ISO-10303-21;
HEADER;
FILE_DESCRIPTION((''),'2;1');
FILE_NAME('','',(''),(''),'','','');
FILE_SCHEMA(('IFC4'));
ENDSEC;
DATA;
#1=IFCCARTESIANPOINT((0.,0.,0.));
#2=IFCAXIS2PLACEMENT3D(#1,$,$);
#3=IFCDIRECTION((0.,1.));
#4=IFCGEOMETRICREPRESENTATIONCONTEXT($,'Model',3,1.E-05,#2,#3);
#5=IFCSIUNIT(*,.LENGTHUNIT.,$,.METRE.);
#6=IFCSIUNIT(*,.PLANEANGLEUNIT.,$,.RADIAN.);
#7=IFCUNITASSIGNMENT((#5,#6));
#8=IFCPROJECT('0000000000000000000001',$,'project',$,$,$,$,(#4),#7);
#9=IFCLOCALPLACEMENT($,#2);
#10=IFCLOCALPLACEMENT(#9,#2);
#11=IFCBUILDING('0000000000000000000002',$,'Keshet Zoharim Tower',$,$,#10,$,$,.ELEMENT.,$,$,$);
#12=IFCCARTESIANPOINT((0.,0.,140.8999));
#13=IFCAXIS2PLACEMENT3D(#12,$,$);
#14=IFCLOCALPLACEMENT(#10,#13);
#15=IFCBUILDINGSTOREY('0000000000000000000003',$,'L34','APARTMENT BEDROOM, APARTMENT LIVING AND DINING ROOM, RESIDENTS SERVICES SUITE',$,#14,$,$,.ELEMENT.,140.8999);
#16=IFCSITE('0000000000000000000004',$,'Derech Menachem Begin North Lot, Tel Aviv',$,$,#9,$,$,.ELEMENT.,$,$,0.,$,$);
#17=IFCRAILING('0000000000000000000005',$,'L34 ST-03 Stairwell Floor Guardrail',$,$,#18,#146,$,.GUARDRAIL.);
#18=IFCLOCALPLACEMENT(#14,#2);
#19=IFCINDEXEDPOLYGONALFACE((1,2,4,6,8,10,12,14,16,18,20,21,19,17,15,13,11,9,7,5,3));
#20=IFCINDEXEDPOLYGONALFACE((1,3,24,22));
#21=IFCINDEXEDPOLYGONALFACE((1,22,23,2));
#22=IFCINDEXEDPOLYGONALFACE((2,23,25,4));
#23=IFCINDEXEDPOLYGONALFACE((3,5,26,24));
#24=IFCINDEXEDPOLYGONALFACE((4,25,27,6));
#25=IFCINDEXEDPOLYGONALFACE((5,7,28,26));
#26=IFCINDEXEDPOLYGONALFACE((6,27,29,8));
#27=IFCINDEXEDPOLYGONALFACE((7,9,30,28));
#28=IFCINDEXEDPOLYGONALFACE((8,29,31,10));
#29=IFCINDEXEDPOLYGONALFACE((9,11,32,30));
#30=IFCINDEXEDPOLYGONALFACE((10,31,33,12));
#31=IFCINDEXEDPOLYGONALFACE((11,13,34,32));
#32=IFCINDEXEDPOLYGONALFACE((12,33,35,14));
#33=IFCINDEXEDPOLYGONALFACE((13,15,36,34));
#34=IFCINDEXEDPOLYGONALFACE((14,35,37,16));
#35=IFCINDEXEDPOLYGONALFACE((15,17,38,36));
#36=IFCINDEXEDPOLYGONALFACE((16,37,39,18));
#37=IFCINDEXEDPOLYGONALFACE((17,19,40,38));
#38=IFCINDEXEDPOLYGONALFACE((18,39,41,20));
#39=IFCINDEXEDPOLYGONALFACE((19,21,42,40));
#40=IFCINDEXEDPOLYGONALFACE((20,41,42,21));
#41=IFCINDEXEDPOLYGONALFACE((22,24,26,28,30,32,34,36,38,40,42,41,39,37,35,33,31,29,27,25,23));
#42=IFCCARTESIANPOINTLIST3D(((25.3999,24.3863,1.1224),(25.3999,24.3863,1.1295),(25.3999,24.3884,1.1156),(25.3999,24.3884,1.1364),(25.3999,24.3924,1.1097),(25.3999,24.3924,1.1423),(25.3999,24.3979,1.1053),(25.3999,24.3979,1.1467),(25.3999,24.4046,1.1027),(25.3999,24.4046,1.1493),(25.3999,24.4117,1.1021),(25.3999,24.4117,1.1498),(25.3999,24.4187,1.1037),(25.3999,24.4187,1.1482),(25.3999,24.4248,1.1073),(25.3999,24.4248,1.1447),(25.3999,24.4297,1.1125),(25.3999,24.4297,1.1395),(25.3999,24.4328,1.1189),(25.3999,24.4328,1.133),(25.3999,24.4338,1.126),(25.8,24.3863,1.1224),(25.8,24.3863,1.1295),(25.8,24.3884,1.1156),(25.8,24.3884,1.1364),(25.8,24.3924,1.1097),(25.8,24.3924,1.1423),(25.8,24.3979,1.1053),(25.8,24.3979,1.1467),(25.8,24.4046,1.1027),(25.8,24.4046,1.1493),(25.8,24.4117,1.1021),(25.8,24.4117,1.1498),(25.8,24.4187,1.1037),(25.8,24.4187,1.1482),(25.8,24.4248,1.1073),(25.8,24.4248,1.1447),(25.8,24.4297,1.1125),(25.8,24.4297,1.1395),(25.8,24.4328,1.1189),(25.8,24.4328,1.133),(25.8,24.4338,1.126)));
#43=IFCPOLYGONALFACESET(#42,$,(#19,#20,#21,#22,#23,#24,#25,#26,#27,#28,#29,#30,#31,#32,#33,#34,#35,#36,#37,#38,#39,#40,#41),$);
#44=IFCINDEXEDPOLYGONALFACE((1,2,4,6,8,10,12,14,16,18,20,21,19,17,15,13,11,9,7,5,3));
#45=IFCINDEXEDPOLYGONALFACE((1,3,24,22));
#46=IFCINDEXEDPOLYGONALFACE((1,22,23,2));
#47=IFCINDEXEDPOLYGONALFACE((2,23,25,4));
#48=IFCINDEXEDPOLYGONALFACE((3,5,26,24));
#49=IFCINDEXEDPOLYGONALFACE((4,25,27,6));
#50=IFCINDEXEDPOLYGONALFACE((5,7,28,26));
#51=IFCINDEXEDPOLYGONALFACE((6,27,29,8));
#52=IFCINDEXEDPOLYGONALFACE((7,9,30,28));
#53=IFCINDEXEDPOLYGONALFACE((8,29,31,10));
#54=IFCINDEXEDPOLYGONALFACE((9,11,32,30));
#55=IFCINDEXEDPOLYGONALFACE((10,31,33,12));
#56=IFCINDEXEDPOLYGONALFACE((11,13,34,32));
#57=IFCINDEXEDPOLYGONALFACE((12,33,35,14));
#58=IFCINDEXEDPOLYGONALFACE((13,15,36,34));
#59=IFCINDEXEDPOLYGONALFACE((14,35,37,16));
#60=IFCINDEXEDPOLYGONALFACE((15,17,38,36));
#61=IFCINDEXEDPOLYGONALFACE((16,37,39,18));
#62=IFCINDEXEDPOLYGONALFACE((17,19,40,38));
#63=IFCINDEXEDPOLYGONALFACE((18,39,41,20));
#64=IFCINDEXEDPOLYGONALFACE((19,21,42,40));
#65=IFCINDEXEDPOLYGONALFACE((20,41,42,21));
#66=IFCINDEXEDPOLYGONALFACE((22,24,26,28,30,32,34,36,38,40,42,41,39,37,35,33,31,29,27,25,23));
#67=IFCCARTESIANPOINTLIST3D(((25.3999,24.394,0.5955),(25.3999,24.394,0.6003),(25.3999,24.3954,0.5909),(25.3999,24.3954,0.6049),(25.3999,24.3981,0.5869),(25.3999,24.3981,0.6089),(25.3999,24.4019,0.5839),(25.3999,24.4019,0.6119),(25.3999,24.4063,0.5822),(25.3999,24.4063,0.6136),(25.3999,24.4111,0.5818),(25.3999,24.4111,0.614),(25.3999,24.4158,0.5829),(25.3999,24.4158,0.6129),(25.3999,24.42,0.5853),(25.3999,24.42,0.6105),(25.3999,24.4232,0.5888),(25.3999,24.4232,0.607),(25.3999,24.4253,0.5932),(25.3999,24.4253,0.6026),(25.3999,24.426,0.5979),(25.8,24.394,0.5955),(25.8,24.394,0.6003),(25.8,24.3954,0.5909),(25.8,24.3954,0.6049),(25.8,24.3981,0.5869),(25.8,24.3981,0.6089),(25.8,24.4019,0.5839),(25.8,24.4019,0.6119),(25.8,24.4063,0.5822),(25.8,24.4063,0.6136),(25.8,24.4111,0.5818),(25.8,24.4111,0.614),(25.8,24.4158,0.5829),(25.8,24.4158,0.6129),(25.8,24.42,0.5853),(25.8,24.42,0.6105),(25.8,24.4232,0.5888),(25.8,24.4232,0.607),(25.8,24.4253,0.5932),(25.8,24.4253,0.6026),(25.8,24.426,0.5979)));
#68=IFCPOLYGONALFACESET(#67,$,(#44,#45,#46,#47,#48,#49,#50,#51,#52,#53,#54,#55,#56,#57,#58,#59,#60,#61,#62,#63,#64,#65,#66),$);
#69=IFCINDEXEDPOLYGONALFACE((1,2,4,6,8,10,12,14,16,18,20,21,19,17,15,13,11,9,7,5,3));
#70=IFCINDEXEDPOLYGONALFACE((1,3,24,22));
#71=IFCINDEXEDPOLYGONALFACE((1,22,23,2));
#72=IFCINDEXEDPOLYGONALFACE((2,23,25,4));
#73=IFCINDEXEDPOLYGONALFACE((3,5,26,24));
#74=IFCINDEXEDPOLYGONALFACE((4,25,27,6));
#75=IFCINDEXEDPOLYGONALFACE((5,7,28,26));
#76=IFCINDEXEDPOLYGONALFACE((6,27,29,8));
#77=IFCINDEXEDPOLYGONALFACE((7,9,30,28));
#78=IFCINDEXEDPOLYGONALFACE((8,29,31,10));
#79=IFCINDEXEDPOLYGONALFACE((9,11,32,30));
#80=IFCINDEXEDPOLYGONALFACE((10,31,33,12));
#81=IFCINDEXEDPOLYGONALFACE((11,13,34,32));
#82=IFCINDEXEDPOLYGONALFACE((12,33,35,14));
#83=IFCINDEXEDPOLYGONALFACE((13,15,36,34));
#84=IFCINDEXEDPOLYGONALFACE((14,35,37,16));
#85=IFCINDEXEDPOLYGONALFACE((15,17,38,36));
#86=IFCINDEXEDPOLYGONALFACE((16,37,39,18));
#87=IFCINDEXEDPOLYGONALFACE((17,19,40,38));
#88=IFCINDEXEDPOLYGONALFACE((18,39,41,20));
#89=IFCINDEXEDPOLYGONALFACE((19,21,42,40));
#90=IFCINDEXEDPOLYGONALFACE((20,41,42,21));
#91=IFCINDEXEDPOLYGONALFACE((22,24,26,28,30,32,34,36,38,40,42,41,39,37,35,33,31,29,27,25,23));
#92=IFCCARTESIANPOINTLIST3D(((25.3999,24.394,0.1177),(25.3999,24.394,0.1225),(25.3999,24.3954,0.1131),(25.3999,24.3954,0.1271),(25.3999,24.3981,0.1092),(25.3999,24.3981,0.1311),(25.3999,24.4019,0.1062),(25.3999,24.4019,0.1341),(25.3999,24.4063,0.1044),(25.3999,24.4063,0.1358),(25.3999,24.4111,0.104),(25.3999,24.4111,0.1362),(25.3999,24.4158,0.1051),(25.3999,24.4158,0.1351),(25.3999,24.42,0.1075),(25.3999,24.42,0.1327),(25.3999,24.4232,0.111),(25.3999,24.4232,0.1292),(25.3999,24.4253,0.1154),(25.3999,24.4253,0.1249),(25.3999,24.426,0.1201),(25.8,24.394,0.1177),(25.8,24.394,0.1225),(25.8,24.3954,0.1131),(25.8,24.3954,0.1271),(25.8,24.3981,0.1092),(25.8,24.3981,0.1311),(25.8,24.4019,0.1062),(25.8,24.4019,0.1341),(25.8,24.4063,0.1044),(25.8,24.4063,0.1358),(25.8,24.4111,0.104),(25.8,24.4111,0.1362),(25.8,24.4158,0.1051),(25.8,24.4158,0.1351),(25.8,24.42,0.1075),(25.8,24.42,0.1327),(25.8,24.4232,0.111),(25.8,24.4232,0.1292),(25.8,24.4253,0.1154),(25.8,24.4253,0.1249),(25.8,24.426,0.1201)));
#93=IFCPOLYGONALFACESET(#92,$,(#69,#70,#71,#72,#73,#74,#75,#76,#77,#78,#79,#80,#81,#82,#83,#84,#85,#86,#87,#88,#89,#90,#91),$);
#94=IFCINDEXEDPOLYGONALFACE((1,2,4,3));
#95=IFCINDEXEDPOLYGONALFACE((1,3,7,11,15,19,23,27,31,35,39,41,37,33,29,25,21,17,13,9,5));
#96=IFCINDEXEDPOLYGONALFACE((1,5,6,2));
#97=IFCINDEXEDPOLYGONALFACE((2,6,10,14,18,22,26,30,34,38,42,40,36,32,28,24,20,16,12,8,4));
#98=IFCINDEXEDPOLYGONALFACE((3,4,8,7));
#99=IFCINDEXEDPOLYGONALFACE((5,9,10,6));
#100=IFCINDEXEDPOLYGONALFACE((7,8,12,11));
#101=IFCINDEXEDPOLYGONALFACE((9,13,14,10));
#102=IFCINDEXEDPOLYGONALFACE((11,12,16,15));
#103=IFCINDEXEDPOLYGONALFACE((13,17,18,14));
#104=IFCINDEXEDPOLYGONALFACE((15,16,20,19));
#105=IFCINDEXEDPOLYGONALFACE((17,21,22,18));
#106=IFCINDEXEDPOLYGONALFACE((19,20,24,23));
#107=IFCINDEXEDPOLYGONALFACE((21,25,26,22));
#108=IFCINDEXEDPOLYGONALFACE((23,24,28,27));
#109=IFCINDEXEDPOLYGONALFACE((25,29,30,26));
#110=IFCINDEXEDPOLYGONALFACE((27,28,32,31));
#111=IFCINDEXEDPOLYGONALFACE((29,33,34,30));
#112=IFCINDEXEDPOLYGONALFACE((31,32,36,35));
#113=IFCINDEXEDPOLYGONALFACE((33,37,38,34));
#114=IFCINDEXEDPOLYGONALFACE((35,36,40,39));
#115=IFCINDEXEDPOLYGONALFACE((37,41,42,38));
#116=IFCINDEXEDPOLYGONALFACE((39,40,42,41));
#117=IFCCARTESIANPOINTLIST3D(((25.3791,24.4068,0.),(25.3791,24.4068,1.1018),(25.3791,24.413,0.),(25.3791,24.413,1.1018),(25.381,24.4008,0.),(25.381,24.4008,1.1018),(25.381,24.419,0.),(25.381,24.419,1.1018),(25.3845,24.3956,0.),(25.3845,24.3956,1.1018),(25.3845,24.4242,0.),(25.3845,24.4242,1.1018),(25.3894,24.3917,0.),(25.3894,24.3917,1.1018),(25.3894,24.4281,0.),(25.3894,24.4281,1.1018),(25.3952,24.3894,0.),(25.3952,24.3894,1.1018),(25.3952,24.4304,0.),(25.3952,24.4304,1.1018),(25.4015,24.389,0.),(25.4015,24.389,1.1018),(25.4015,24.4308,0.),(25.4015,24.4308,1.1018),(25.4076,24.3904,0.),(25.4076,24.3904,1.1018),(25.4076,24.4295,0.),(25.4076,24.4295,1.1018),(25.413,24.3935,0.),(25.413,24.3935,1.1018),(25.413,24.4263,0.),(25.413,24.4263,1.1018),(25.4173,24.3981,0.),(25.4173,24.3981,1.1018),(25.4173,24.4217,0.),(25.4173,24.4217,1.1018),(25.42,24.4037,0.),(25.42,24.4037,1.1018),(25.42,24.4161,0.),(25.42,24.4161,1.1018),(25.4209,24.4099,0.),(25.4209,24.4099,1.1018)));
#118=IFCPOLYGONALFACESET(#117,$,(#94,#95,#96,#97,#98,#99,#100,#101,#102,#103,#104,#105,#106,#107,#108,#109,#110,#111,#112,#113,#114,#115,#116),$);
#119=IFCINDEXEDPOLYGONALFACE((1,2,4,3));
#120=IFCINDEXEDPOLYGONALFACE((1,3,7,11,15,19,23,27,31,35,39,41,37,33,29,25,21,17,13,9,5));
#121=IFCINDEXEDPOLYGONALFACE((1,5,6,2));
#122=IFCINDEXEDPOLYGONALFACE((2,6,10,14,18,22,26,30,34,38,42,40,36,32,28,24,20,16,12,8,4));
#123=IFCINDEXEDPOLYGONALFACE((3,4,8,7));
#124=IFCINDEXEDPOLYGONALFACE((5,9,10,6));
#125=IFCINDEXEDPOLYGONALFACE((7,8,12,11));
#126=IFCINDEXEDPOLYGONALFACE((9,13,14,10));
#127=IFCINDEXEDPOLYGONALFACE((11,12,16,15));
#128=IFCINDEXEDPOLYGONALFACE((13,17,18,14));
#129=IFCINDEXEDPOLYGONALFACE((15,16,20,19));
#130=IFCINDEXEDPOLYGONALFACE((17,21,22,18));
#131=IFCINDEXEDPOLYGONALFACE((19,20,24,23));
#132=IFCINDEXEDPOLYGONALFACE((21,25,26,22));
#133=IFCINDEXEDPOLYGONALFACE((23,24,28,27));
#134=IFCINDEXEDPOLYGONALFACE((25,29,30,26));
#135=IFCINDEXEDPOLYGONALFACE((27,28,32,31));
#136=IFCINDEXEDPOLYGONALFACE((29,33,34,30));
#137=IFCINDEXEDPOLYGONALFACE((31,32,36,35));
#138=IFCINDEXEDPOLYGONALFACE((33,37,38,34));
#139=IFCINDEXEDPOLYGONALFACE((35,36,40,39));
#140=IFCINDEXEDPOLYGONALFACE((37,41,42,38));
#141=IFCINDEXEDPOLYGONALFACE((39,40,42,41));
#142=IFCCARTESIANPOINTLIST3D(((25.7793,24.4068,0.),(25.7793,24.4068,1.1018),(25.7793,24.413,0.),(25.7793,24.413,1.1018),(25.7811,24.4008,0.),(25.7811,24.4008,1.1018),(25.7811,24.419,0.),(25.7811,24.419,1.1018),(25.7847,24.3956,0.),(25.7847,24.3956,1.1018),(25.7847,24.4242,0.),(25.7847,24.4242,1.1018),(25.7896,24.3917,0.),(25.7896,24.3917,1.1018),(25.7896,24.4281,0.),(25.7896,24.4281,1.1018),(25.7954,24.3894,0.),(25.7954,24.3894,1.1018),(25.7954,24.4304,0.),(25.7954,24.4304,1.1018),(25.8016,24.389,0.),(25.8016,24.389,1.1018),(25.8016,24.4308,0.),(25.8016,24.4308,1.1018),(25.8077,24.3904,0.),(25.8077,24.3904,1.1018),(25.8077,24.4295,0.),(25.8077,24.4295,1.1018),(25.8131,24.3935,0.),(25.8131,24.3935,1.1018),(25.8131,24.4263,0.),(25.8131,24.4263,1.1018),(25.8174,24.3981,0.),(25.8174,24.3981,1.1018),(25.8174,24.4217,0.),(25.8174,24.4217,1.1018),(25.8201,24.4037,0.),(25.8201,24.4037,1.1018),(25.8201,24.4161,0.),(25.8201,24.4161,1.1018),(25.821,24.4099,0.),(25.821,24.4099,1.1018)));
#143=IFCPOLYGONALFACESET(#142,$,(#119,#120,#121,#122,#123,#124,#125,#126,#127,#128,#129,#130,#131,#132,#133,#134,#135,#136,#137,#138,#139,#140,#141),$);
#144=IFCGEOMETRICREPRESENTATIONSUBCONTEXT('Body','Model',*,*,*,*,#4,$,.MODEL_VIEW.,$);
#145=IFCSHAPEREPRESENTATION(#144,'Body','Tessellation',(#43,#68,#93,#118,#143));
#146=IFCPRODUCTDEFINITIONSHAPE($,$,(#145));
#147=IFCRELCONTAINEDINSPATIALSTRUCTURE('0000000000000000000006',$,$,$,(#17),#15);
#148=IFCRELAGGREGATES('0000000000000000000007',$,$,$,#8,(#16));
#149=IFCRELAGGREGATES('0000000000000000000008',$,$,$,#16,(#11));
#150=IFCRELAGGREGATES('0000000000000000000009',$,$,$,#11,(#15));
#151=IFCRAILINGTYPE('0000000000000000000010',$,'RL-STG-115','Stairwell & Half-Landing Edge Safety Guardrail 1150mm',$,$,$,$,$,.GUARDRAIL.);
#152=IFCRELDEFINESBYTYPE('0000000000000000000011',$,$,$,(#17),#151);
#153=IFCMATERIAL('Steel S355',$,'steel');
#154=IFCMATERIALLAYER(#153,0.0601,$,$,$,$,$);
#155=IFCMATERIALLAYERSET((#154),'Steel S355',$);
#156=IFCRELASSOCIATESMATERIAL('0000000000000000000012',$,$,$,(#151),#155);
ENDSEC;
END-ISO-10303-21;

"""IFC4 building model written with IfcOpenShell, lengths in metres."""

from ifc_helpers import new_model, si_unit, direction, frame, origin, origin_2d, place, context, subcontext, project, spatial, circle, extrude, material, layer, layer_set, type_object, element, save


model = new_model("IFC4")

# Units and contexts
model_context = context("Model", 3, precision=1e-05, world=origin(), true_north=direction((0.0, 1.0)))
body_context = subcontext(model_context, "Body", "Model", "MODEL_VIEW")
ifc_project = project(units=[si_unit("LENGTHUNIT", "METRE"), si_unit("PLANEANGLEUNIT", "RADIAN")], contexts=[model_context])

# Site, building, storey
site_placement = place(None, origin())
site = spatial("IfcSite", under=ifc_project, at=site_placement, Name="Derech Menachem Begin North Lot, Tel Aviv", CompositionType="ELEMENT", RefElevation=0.0)
building_placement = place(site_placement, origin())
building = spatial("IfcBuilding", under=site, at=building_placement, Name="Keshet Zoharim Tower", CompositionType="ELEMENT")
storey_placement = place(building_placement, frame((0.0, 0.0, 140.8999)))
storey = spatial("IfcBuildingStorey", under=building, at=storey_placement, Name="L34", Description="APARTMENT BEDROOM, APARTMENT LIVING AND DINING ROOM, RESIDENTS SERVICES SUITE", CompositionType="ELEMENT", Elevation=140.8999)

# Shared definitions
ifc_material_1 = material(Name="Steel S355", Category="steel")

# Railing
ifc_layer_1 = layer(ifc_material_1, 0.0601)
ifc_layer_set_1 = layer_set([ifc_layer_1], Name="Steel S355")
railing_type_1 = type_object("IfcRailingType", Name="RL-STG-115", Description="Stairwell & Half-Landing Edge Safety Guardrail 1150mm", PredefinedType="GUARDRAIL", material=ifc_layer_set_1)
railing_1_placement = place(storey_placement, frame((25.3999, 24.4099, 0.0)))
element("IfcRailing", 1, at=railing_1_placement, inside=storey, type_object=railing_type_1, Name="L34 ST-03 Stairwell Floor Guardrail", PredefinedType="GUARDRAIL", context=body_context, shape_type="SweptSolid", body=[
    extrude(circle(Radius=0.0239, at=origin_2d()), frame((0.0, 0.0, 1.126), z_axis=(1.0, 0.0, 0.0), x_axis=(0.0, 1.0, 0.0)), (0.0, 0.0, 1.0), 0.4001),
    extrude(circle(Radius=0.0161, at=origin_2d()), frame((0.0, 0.0, 0.5979), z_axis=(1.0, 0.0, 0.0), x_axis=(0.0, 1.0, 0.0)), (0.0, 0.0, 1.0), 0.4001),
    extrude(circle(Radius=0.0161, at=origin_2d()), frame((0.0, 0.0, 0.1201), z_axis=(1.0, 0.0, 0.0), x_axis=(0.0, 1.0, 0.0)), (0.0, 0.0, 1.0), 0.4001),
    extrude(circle(Radius=0.021, at=origin_2d()), origin(), (0.0, 0.0, 1.0), 1.1018),
    extrude(circle(Radius=0.021, at=origin_2d()), frame((0.4001, 0.0, 0.0)), (0.0, 0.0, 1.0), 1.1018),
])

save(model, "model.ifc")
